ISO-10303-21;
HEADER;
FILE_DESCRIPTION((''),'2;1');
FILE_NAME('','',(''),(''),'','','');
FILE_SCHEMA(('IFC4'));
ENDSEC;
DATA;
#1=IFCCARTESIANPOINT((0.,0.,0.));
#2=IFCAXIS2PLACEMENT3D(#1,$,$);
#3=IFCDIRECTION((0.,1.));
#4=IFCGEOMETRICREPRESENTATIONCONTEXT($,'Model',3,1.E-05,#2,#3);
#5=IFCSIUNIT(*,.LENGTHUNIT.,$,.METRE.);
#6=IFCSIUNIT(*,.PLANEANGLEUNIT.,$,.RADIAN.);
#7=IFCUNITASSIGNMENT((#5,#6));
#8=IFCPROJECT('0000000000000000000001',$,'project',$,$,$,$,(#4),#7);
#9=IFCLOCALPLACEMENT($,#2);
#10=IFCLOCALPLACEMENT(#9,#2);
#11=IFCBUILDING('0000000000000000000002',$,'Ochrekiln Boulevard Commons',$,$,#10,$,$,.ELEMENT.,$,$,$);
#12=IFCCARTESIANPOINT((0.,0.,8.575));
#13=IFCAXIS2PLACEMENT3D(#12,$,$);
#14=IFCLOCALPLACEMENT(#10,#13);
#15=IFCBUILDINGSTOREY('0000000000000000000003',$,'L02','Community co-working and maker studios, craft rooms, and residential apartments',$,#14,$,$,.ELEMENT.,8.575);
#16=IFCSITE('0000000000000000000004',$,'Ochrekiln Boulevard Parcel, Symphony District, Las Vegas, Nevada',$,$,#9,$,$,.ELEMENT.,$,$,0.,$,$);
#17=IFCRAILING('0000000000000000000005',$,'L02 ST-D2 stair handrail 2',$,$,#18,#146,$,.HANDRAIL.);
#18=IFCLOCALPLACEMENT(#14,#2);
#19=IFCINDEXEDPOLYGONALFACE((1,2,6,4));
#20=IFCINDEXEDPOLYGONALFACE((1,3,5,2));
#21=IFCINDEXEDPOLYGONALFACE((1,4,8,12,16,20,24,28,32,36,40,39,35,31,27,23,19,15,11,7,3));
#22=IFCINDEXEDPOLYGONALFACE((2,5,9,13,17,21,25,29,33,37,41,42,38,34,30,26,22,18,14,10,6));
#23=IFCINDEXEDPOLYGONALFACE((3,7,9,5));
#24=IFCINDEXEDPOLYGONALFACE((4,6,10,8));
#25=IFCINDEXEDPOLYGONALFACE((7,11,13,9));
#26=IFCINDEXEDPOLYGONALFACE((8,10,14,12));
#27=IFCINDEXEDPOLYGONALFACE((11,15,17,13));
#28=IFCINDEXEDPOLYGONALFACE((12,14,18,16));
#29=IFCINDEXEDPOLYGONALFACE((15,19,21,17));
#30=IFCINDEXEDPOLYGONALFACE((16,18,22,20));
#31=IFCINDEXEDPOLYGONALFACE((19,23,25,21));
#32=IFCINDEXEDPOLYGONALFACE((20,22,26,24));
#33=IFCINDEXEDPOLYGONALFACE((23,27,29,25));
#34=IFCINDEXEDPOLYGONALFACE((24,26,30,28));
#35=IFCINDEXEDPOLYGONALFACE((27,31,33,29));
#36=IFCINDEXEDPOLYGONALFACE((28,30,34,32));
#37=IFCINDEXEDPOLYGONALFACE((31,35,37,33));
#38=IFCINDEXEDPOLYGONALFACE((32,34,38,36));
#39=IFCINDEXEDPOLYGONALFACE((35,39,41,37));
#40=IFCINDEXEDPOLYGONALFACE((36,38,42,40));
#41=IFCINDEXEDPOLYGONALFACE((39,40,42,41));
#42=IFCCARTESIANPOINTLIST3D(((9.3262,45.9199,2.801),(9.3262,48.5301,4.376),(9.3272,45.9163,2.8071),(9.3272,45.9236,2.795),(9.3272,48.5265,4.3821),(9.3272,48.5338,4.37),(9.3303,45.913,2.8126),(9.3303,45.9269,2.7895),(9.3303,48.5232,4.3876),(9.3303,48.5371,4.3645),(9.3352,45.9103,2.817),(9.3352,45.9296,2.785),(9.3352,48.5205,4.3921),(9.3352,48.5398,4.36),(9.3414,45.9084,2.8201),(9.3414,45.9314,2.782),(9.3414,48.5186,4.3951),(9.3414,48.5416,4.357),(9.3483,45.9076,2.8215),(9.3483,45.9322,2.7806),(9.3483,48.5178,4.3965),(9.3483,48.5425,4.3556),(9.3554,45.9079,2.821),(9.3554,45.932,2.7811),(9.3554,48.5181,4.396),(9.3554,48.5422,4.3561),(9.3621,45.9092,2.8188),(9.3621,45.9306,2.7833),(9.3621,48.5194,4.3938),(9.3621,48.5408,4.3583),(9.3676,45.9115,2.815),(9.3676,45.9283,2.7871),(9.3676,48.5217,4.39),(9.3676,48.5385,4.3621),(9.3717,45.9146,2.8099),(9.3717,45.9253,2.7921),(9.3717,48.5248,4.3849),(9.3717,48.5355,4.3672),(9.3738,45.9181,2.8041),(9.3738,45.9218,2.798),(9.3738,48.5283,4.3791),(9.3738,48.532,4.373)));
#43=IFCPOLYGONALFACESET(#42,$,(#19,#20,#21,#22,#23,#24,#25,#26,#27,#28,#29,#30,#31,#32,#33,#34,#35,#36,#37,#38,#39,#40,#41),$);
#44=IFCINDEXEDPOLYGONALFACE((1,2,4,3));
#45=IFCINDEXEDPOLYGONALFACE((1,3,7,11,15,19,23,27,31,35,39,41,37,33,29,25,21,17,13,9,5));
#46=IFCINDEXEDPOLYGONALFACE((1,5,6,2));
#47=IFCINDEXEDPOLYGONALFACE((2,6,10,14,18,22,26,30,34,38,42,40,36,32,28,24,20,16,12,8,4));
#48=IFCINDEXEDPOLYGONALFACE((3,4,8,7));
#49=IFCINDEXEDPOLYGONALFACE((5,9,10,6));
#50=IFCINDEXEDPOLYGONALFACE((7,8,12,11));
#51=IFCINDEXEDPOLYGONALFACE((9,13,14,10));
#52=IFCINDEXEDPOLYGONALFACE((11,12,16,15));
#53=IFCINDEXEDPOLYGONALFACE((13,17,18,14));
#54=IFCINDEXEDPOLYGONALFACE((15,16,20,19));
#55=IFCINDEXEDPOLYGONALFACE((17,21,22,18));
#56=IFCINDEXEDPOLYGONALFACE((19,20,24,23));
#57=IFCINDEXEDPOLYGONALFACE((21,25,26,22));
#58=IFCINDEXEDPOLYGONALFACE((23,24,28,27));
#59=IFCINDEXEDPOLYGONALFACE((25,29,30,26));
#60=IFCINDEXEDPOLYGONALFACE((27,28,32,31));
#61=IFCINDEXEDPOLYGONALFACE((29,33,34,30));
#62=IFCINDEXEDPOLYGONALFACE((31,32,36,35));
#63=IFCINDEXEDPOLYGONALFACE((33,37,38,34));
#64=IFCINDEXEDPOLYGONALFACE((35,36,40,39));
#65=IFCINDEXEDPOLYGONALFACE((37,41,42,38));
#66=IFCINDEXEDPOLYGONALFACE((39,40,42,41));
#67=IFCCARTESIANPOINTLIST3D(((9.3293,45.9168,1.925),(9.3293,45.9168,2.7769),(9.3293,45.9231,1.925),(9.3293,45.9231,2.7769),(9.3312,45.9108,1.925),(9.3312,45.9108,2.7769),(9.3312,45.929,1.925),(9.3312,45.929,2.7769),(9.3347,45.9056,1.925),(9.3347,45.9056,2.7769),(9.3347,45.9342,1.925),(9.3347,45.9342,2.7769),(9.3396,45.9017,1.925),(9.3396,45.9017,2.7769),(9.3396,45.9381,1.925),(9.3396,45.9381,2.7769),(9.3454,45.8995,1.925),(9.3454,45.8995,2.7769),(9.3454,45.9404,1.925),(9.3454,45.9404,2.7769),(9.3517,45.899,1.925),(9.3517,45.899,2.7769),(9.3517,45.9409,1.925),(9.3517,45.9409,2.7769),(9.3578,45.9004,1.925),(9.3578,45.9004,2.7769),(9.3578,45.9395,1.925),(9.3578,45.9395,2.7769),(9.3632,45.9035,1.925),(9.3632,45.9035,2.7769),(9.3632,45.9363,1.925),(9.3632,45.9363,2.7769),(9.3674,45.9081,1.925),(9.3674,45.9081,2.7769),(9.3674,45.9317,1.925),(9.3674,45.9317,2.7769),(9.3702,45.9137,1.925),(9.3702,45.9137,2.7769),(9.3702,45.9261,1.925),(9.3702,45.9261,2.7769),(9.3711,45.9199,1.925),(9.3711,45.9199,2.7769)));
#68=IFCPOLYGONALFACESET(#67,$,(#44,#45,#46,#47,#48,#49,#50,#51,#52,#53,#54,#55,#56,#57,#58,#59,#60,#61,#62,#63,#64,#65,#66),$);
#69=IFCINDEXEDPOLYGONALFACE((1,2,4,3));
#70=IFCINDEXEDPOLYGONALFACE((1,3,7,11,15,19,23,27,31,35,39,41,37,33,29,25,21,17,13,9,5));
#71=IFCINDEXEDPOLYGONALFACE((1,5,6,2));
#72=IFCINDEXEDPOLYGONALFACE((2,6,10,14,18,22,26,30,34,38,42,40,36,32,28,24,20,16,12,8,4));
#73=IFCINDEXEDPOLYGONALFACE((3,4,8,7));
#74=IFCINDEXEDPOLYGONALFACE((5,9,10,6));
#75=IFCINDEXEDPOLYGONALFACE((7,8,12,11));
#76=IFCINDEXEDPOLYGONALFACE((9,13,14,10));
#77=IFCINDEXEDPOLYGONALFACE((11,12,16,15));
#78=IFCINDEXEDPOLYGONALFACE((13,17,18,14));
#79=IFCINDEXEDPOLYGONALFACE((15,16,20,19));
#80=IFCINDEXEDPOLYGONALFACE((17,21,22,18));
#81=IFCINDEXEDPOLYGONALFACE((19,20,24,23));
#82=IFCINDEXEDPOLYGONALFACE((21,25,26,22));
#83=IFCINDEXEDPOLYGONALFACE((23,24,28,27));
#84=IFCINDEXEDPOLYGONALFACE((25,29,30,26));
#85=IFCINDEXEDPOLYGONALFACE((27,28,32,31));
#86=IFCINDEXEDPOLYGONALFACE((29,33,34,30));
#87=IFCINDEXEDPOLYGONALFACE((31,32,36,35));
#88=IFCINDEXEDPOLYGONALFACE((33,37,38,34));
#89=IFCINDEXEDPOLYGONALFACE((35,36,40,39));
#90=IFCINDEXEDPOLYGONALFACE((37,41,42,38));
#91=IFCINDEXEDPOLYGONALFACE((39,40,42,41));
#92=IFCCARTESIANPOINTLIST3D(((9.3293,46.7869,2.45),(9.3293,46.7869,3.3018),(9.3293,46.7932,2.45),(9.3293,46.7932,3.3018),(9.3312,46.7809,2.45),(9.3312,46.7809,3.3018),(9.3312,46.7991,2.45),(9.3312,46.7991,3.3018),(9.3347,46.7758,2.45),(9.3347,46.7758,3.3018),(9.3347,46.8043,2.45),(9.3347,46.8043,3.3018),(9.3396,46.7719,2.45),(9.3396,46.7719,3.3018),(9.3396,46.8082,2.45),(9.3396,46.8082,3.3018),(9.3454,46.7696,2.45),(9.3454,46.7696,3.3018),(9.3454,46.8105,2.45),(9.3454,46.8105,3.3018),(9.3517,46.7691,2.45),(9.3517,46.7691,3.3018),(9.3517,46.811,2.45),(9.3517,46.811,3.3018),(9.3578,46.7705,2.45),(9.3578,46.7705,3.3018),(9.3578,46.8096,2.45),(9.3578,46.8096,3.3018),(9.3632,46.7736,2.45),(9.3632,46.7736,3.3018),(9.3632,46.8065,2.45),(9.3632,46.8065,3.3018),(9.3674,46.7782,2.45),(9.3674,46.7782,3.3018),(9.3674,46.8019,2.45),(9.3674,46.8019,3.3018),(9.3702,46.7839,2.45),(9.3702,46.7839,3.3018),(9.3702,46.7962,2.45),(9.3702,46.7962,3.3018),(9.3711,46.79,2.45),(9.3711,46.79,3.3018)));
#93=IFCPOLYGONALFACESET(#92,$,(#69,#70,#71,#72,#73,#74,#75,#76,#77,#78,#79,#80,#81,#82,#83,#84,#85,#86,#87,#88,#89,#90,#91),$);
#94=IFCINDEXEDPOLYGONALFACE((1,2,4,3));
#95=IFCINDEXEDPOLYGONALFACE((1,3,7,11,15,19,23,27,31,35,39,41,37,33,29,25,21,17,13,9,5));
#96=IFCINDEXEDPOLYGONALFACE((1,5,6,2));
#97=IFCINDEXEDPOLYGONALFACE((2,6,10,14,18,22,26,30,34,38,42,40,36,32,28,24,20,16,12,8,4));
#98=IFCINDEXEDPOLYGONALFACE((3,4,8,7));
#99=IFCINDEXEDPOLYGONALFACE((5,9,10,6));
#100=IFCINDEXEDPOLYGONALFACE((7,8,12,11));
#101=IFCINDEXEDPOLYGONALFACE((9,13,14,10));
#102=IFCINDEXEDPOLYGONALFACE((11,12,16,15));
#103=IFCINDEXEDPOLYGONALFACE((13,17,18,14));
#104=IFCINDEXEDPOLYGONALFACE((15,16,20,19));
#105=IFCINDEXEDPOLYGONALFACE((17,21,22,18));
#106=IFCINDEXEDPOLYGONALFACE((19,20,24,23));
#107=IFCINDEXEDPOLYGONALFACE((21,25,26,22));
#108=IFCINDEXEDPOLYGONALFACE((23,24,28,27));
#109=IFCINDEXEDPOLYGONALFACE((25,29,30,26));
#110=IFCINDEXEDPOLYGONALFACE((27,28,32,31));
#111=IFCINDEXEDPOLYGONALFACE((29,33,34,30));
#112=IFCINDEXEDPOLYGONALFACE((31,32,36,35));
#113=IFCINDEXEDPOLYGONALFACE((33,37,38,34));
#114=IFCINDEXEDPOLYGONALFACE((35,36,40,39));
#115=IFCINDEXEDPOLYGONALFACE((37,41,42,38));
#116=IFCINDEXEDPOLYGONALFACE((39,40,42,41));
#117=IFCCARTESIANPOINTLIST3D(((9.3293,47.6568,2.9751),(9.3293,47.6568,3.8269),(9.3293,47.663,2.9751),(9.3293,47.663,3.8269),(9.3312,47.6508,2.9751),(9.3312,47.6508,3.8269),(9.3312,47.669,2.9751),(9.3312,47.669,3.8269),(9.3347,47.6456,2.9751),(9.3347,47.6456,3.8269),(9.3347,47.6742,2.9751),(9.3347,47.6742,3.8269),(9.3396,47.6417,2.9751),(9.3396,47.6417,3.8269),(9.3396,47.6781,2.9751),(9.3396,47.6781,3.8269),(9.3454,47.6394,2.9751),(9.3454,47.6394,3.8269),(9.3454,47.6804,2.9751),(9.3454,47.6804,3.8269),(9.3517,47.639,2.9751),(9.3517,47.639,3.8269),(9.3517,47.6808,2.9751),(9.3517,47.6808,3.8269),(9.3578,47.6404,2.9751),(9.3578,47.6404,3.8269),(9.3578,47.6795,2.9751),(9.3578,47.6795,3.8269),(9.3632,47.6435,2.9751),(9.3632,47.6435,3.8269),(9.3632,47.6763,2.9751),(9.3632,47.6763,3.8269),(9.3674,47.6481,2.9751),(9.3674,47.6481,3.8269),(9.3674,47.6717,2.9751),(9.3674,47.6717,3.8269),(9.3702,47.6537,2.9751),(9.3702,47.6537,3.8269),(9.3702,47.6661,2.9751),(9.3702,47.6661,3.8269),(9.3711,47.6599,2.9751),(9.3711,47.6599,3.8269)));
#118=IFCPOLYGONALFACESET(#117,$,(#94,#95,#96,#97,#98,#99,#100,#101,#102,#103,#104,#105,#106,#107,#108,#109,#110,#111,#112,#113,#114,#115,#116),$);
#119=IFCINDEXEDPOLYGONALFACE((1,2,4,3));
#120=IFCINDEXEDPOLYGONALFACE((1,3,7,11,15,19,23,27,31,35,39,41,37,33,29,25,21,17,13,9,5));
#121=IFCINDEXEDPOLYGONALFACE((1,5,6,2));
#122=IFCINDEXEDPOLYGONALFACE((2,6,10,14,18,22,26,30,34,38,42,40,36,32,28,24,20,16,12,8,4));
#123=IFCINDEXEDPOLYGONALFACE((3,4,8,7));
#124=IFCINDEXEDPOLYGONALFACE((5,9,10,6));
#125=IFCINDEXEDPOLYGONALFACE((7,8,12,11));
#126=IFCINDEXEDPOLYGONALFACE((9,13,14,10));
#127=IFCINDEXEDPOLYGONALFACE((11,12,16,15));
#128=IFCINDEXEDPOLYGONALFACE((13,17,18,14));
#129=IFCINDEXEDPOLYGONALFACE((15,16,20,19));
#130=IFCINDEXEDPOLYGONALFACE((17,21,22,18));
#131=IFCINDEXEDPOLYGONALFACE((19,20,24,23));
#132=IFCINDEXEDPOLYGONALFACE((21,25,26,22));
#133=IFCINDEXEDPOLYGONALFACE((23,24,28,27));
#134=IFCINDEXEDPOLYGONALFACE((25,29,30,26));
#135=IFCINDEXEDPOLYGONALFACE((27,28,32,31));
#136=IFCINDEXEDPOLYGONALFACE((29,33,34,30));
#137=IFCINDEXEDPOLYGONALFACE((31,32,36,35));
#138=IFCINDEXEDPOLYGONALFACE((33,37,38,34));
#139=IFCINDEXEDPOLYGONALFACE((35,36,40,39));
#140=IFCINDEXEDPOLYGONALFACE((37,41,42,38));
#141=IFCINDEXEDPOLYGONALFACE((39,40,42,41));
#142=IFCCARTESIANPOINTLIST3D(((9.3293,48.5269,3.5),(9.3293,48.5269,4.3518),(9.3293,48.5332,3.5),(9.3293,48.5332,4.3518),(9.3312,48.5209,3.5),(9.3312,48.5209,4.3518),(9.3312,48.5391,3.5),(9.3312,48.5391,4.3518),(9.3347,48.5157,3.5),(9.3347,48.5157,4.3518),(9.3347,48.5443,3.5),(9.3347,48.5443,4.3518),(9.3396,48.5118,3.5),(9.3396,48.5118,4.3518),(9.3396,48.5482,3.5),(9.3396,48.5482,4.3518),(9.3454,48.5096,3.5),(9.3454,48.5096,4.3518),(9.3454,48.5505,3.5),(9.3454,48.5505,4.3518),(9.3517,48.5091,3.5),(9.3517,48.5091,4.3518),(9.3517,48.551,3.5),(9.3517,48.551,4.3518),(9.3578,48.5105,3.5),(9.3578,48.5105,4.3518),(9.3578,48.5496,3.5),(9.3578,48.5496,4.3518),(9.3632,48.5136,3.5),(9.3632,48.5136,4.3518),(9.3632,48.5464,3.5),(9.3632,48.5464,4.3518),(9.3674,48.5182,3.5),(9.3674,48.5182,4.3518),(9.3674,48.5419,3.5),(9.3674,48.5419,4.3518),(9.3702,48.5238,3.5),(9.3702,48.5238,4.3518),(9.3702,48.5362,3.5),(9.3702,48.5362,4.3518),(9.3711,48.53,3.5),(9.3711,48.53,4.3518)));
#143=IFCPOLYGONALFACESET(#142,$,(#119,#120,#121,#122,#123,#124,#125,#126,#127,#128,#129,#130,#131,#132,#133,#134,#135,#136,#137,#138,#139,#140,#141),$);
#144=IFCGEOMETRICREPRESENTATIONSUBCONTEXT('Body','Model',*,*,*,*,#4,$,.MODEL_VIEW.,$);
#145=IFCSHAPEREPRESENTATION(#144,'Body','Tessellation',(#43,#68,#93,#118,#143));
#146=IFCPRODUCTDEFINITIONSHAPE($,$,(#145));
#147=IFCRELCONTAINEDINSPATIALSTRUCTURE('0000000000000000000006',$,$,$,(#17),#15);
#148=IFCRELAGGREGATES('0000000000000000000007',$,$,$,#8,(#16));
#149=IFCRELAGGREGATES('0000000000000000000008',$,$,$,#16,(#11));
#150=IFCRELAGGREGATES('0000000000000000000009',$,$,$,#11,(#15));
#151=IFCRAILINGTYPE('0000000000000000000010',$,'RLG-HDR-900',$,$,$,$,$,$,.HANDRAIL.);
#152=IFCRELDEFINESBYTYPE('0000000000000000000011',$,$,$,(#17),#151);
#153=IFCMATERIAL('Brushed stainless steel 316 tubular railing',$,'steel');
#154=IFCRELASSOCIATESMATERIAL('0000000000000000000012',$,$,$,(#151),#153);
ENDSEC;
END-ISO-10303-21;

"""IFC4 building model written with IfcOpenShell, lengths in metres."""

from ifc_helpers import new_model, si_unit, direction, frame, origin, origin_2d, place, context, subcontext, project, spatial, circle, extrude, material, type_object, element, save


model = new_model("IFC4")

# Units and contexts
model_context = context("Model", 3, precision=1e-05, world=origin(), true_north=direction((0.0, 1.0)))
body_context = subcontext(model_context, "Body", "Model", "MODEL_VIEW")
ifc_project = project(units=[si_unit("LENGTHUNIT", "METRE"), si_unit("PLANEANGLEUNIT", "RADIAN")], contexts=[model_context])

# Site, building, storey
site_placement = place(None, origin())
site = spatial("IfcSite", under=ifc_project, at=site_placement, Name="Ochrekiln Boulevard Parcel, Symphony District, Las Vegas, Nevada", CompositionType="ELEMENT", RefElevation=0.0)
building_placement = place(site_placement, origin())
building = spatial("IfcBuilding", under=site, at=building_placement, Name="Ochrekiln Boulevard Commons", CompositionType="ELEMENT")
storey_placement = place(building_placement, frame((0.0, 0.0, 8.575)))
storey = spatial("IfcBuildingStorey", under=building, at=storey_placement, Name="L02", Description="Community co-working and maker studios, craft rooms, and residential apartments", CompositionType="ELEMENT", Elevation=8.575)

# Railing
ifc_material_1 = material(Name="Brushed stainless steel 316 tubular railing", Category="steel")
railing_type_1 = type_object("IfcRailingType", Name="RLG-HDR-900", PredefinedType="HANDRAIL", material=ifc_material_1)
railing_1_placement = place(storey_placement, frame((9.3501, 45.9199, 1.925)))
element("IfcRailing", 1, at=railing_1_placement, inside=storey, type_object=railing_type_1, Name="L02 ST-D2 stair handrail 2", PredefinedType="HANDRAIL", context=body_context, shape_type="SweptSolid", body=[
    extrude(circle(Radius=0.0239, at=origin_2d()), frame((0.0, 0.0, 0.876), z_axis=(0.0, 0.856204, 0.516638), x_axis=(-1.0, 0.0, 0.0)), (0.0, 0.0, 1.0), 3.0486),
    extrude(circle(Radius=0.021, at=origin_2d()), origin(), (0.0, 0.0, 1.0), 0.8518),
    extrude(circle(Radius=0.021, at=origin_2d()), frame((0.0, 0.8701, 0.5249)), (0.0, 0.0, 1.0), 0.8518),
    extrude(circle(Radius=0.021, at=origin_2d()), frame((0.0, 1.74, 1.05)), (0.0, 0.0, 1.0), 0.8518),
    extrude(circle(Radius=0.021, at=origin_2d()), frame((0.0, 2.6101, 1.575)), (0.0, 0.0, 1.0), 0.8518),
])

save(model, "model.ifc")
